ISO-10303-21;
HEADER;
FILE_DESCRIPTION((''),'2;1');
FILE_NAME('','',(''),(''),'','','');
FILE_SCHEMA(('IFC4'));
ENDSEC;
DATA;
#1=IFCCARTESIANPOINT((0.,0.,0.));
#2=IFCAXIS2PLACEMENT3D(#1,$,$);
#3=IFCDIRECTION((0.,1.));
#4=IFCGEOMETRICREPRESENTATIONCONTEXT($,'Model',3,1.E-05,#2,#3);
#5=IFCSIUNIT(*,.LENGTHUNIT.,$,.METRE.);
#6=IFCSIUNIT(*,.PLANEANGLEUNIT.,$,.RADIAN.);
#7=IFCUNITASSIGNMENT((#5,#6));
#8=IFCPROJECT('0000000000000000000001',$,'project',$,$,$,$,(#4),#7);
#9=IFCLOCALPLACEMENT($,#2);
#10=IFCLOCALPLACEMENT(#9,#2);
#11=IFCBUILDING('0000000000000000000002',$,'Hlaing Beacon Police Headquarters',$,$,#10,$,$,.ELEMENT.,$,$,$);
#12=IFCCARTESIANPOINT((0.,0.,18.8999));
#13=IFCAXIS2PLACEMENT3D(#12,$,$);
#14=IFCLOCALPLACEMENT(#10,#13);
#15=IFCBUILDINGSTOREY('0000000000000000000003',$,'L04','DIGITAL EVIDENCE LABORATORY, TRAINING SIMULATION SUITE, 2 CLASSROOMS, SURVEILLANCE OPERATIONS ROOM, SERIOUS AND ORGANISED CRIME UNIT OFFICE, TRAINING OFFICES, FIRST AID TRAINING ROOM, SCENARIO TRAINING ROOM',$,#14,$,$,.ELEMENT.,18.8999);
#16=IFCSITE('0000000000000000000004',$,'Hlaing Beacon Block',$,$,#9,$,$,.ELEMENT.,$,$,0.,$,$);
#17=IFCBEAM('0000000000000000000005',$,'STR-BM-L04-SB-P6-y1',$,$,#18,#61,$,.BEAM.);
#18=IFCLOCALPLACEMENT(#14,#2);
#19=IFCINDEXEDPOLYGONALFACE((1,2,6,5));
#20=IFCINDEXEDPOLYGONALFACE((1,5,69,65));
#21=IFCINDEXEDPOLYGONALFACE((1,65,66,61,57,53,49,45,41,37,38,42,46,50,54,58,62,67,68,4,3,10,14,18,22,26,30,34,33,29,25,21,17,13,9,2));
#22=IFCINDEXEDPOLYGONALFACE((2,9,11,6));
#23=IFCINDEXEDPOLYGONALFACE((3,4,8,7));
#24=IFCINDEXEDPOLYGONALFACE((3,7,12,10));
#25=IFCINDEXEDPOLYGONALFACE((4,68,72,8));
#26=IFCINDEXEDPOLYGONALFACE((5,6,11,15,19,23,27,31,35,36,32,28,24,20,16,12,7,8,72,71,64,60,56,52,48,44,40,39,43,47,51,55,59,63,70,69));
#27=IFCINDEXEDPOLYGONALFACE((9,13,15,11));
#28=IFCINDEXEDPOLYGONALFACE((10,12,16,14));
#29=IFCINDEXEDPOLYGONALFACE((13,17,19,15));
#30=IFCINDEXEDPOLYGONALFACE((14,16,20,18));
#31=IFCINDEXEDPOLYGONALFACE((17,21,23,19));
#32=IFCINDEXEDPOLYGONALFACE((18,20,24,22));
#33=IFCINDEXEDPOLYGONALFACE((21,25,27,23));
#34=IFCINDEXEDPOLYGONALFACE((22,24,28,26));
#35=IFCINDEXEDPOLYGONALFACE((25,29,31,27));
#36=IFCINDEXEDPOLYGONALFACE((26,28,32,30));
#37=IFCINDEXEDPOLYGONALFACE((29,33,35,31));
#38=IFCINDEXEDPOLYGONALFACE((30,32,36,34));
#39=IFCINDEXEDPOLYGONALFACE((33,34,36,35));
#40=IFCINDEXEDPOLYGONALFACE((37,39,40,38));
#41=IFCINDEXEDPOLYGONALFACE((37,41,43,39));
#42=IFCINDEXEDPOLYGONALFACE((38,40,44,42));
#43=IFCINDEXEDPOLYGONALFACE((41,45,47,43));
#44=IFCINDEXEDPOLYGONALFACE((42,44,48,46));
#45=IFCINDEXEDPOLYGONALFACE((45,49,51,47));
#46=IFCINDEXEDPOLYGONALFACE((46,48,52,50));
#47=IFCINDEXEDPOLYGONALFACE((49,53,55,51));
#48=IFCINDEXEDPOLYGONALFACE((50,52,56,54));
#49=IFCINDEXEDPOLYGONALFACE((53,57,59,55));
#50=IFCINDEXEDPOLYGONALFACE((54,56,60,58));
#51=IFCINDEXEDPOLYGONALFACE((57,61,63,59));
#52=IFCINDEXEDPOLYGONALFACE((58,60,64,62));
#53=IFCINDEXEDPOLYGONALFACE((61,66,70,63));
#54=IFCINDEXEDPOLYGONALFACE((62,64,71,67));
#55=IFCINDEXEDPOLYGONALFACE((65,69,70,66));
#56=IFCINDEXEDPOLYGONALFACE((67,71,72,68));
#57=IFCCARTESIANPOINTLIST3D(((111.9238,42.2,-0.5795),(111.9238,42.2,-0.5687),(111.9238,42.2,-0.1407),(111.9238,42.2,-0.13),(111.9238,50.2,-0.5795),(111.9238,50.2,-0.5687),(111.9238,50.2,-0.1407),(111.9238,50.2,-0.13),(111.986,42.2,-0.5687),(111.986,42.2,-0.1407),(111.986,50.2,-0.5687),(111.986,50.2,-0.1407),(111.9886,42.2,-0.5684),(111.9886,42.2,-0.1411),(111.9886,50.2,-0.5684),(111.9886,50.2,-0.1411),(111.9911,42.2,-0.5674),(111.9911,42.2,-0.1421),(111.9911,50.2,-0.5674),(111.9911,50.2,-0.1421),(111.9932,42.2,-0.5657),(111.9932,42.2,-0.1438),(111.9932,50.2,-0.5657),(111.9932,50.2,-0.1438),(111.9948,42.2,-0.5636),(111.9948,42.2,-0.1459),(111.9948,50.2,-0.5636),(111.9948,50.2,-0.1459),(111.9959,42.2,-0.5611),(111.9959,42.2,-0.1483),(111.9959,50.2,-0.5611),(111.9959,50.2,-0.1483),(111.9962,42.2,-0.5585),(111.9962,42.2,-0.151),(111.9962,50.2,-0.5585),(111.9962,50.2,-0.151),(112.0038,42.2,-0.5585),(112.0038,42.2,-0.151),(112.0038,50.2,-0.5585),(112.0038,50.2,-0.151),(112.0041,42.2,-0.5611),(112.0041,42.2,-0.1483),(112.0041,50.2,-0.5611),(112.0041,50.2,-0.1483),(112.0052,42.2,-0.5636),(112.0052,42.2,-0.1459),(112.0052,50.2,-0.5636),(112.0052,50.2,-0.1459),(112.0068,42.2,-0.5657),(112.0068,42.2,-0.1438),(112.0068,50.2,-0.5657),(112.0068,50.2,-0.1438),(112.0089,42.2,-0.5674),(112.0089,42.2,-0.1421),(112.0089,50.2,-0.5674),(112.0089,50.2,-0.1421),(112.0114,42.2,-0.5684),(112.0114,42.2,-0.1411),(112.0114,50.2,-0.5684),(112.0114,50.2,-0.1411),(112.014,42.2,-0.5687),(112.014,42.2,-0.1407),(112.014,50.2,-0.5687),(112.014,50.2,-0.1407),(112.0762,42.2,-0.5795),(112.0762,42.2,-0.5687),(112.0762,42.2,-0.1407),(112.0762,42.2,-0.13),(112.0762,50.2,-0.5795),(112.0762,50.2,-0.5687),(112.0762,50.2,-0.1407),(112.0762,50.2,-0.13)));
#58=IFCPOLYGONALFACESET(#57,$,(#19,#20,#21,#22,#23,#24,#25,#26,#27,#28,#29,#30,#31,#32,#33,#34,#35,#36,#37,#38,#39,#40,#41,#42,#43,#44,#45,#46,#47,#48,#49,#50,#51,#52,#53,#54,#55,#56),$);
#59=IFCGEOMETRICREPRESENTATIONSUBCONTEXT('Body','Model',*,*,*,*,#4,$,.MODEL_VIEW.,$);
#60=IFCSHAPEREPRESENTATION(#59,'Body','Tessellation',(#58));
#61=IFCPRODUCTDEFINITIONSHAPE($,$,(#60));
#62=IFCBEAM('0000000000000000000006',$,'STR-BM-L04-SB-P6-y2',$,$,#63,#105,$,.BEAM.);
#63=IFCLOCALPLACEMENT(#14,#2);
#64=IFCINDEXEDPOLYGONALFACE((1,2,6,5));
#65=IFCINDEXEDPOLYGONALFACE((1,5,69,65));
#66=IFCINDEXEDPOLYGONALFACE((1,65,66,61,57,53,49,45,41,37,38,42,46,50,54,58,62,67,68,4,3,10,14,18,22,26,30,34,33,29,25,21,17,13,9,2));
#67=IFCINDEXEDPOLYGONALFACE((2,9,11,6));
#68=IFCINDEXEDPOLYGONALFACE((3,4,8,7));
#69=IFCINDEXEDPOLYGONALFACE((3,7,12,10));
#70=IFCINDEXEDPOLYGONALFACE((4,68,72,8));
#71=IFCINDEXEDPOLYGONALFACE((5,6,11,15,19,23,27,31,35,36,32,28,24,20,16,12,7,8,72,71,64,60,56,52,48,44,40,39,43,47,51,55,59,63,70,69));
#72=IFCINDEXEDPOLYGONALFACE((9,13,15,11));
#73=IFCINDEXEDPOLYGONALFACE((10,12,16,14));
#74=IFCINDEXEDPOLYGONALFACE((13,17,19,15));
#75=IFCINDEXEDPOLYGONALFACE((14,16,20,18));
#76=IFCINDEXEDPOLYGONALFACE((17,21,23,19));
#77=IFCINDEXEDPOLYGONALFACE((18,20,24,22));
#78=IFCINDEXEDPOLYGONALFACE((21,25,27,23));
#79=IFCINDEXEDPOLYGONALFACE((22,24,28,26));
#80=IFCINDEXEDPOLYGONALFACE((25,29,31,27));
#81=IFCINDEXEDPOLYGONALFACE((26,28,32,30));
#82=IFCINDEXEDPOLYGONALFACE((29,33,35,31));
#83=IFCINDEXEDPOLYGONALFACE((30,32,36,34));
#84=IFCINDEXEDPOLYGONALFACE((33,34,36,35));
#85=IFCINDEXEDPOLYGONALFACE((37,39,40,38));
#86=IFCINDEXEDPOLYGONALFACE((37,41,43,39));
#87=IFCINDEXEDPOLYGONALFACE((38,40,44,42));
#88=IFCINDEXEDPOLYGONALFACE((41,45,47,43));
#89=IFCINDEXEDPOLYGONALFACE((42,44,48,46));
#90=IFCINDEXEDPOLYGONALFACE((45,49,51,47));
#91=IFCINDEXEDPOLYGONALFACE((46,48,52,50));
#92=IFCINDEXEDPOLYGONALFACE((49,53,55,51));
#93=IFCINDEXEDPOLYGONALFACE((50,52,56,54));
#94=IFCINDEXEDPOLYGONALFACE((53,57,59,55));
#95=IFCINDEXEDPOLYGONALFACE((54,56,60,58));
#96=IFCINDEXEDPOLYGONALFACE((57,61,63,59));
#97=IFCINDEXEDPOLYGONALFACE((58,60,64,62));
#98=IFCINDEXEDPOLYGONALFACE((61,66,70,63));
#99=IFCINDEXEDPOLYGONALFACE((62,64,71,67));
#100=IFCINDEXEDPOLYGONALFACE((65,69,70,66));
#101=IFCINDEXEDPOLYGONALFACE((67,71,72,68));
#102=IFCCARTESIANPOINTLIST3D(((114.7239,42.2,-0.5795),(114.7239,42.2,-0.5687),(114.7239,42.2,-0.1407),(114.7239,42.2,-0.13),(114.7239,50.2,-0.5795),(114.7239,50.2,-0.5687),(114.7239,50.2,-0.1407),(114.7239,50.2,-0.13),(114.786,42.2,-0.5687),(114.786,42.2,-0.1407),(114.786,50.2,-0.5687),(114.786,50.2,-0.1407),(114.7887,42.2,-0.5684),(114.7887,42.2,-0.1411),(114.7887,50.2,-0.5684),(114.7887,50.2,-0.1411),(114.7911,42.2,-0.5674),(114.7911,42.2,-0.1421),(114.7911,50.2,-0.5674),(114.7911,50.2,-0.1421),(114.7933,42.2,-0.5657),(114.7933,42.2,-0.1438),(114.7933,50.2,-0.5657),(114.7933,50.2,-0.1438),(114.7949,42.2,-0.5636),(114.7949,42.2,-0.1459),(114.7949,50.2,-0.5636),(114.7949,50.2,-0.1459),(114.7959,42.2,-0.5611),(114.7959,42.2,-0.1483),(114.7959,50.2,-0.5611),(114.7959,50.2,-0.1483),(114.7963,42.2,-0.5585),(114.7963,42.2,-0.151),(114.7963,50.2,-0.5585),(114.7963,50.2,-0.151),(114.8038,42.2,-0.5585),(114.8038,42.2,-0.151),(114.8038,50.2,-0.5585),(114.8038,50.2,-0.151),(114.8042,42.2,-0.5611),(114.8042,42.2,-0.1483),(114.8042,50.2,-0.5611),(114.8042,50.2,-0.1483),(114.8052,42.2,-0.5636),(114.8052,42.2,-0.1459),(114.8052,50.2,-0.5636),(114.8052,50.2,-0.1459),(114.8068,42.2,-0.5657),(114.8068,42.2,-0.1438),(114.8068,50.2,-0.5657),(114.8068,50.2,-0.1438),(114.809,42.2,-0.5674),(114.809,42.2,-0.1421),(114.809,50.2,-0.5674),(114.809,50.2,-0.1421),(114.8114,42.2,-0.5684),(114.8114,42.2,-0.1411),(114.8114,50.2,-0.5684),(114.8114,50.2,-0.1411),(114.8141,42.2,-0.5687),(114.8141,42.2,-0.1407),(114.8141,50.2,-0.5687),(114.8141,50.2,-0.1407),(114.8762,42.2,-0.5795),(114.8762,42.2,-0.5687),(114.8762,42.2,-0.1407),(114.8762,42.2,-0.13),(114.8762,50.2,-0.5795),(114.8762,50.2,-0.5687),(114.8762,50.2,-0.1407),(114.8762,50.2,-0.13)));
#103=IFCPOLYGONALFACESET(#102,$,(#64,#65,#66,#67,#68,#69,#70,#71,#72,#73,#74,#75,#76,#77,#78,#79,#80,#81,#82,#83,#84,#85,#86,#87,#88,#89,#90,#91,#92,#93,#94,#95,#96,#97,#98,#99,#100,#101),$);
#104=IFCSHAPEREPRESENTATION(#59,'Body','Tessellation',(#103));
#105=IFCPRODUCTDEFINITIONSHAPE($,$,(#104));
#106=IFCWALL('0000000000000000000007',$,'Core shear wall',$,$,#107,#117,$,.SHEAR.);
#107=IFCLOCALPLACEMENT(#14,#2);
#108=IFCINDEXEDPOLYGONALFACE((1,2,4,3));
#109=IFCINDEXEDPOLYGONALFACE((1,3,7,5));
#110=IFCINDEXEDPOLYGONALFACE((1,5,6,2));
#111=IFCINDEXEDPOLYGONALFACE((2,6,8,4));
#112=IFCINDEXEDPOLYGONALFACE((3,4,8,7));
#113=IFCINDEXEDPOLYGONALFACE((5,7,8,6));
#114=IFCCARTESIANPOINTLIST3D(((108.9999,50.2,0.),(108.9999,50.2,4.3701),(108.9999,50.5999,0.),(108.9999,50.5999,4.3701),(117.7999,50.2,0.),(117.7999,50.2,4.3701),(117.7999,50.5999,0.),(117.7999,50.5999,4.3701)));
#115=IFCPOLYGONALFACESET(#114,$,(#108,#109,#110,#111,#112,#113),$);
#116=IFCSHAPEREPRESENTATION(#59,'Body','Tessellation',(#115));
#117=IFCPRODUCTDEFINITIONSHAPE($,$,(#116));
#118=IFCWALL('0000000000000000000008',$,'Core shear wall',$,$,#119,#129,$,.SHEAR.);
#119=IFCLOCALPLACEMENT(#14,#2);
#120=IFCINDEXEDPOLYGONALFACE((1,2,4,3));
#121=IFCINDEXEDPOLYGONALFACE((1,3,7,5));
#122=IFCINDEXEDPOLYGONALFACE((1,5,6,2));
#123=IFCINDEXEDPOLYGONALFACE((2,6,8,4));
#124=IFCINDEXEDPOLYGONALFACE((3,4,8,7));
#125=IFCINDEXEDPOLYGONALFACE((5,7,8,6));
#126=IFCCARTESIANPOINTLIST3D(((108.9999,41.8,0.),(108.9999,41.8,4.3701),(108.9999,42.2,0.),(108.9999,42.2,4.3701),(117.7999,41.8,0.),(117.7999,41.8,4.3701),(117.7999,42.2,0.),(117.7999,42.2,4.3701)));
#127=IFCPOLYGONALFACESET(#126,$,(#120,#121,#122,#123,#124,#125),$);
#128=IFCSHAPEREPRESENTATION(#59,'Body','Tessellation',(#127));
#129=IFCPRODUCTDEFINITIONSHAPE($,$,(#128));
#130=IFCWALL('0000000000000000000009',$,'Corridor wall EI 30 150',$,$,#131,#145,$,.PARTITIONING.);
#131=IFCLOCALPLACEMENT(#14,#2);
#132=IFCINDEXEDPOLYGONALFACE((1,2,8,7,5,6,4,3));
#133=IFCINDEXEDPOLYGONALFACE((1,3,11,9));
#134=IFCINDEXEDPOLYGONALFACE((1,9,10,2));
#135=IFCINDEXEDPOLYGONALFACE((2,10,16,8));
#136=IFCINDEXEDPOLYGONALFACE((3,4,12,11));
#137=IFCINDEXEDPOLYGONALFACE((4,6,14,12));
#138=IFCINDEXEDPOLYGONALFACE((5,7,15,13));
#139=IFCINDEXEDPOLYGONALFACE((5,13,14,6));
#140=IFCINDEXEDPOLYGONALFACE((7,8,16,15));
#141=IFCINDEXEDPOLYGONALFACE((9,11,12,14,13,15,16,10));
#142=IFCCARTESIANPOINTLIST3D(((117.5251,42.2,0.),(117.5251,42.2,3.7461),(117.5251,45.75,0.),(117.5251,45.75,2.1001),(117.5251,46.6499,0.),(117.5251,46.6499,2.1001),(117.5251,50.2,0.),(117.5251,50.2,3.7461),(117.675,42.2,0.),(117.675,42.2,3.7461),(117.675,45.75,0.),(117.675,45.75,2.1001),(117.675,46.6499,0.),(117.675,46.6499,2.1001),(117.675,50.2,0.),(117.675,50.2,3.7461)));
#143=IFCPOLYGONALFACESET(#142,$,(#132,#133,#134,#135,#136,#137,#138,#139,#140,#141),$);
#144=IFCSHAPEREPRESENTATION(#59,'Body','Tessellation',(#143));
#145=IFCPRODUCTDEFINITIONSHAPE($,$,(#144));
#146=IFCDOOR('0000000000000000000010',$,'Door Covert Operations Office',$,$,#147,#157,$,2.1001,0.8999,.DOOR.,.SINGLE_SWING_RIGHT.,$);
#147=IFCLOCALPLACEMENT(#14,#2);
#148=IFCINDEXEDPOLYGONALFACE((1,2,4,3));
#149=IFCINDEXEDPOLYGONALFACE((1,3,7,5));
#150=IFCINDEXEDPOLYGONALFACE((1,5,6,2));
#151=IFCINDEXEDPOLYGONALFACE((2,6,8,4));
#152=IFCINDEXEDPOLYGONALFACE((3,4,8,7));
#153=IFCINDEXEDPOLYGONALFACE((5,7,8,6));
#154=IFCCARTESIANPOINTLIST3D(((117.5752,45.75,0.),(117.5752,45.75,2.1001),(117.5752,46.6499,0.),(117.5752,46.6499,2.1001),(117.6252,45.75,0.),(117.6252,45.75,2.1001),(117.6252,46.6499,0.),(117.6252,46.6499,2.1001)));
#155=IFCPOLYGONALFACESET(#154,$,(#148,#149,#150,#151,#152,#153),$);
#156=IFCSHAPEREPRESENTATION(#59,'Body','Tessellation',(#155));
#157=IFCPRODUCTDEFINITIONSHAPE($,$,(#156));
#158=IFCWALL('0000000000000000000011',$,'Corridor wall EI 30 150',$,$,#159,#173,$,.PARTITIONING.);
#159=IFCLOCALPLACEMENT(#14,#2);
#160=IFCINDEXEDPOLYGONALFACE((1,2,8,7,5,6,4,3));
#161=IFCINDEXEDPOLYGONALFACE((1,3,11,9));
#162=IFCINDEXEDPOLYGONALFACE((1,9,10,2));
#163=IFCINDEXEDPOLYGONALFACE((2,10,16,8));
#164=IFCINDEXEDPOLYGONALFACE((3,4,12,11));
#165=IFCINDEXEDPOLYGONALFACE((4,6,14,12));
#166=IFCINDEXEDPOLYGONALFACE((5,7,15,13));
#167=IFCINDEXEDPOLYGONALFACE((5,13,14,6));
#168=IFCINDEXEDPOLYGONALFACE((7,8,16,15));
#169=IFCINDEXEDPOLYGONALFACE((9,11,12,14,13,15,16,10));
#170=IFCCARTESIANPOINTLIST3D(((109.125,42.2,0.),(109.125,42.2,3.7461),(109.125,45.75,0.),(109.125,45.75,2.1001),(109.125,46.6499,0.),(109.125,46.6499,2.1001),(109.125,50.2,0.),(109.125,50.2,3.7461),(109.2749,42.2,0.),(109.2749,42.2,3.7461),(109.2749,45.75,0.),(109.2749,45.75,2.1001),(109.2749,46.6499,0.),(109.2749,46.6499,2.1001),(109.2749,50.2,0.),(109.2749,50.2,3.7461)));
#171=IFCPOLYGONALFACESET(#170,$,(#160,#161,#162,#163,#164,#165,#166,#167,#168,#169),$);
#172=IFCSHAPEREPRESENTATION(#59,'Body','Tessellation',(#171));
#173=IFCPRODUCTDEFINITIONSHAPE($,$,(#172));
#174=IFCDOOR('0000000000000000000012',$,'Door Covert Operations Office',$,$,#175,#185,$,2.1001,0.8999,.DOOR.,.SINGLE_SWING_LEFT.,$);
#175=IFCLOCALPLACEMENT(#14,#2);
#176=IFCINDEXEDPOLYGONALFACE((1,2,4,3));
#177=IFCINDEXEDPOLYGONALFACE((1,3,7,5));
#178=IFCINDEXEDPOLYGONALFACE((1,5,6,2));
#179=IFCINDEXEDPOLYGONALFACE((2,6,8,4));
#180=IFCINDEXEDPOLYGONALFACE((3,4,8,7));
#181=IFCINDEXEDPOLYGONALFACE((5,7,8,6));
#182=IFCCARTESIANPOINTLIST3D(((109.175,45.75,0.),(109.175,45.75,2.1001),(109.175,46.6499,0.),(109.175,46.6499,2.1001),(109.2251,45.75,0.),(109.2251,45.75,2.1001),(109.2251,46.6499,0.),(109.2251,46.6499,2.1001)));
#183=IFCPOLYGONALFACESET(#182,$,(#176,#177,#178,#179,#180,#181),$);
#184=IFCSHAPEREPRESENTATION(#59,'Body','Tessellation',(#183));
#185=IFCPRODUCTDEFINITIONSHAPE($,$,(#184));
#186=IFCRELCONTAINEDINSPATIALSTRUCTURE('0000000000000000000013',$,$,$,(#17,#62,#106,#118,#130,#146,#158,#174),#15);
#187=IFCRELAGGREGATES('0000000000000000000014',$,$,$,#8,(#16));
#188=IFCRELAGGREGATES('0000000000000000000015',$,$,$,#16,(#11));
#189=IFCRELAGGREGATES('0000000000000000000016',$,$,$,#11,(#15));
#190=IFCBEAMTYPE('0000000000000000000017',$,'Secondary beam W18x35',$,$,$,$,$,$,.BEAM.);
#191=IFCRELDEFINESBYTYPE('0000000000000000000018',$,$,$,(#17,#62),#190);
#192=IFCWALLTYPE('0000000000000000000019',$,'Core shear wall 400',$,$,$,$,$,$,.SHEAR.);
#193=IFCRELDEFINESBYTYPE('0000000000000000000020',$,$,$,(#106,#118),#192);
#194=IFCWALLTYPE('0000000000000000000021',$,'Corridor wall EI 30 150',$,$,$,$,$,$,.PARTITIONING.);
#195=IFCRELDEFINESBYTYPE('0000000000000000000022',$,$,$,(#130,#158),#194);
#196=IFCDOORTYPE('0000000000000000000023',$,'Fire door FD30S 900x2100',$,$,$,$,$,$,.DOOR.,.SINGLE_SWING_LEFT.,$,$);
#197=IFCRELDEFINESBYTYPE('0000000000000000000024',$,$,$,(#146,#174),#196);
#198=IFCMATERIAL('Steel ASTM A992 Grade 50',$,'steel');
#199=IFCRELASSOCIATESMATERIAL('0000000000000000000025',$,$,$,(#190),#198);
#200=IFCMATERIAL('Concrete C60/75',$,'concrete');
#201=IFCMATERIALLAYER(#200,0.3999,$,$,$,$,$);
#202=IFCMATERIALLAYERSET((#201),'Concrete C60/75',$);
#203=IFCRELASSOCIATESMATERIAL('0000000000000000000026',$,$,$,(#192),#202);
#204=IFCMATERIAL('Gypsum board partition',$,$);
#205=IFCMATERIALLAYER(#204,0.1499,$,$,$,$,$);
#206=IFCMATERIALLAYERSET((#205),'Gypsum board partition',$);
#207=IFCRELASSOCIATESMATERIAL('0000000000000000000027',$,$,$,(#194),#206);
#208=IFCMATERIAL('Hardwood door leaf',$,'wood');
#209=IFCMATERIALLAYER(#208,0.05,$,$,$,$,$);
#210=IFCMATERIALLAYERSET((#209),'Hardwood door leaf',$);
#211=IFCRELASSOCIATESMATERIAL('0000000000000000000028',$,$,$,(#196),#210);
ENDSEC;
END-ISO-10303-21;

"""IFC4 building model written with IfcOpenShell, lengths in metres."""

from ifc_helpers import new_model, si_unit, direction, frame, frame_2d, origin, origin_2d, place, context, subcontext, project, spatial, rectangle, i_section, extrude, material, layer, layer_set, material_profile, profile_set, type_object, element, fill, save


model = new_model("IFC4")

# Units and contexts
model_context = context("Model", 3, precision=1e-05, world=origin(), true_north=direction((0.0, 1.0)))
body_context = subcontext(model_context, "Body", "Model", "MODEL_VIEW")
ifc_project = project(units=[si_unit("LENGTHUNIT", "METRE"), si_unit("PLANEANGLEUNIT", "RADIAN")], contexts=[model_context])

# Site, building, storey
site_placement = place(None, origin())
site = spatial("IfcSite", under=ifc_project, at=site_placement, Name="Hlaing Beacon Block", CompositionType="ELEMENT", RefElevation=0.0)
building_placement = place(site_placement, origin())
building = spatial("IfcBuilding", under=site, at=building_placement, Name="Hlaing Beacon Police Headquarters", CompositionType="ELEMENT")
storey_placement = place(building_placement, frame((0.0, 0.0, 18.8999)))
storey = spatial("IfcBuildingStorey", under=building, at=storey_placement, Name="L04", Description="DIGITAL EVIDENCE LABORATORY, TRAINING SIMULATION SUITE, 2 CLASSROOMS, SURVEILLANCE OPERATIONS ROOM, SERIOUS AND ORGANISED CRIME UNIT OFFICE, TRAINING OFFICES, FIRST AID TRAINING ROOM, SCENARIO TRAINING ROOM", CompositionType="ELEMENT", Elevation=18.8999)

# Beams
ifc_material_1 = material(Name="Steel ASTM A992 Grade 50", Category="steel")
ifc_material_profile_1 = material_profile(ifc_material_1, i_section(OverallWidth=0.1523, OverallDepth=0.4495, WebThickness=0.0076, FlangeThickness=0.0107, FilletRadius=0.0103, at=origin_2d()), Name="W18x35")
ifc_profile_set_1 = profile_set([ifc_material_profile_1], Name="Steel ASTM A992 Grade 50")
beam_type_1 = type_object("IfcBeamType", Name="Secondary beam W18x35", PredefinedType="BEAM", material=ifc_profile_set_1)
for number, where, z_axis, x_axis, name in (
    (1, (112.0, 42.2, -0.3547), (0.0, 1.0, 0.0), (-1.0, 0.0, 0.0), "STR-BM-L04-SB-P6-y1"),
    (2, (114.8, 42.2, -0.3547), (0.0, 1.0, 0.0), (-1.0, 0.0, 0.0), "STR-BM-L04-SB-P6-y2"),
):
    element("IfcBeam", number, at=place(storey_placement, frame(where, z_axis=z_axis, x_axis=x_axis)), inside=storey, type_object=beam_type_1, Name=name, PredefinedType="BEAM", context=body_context, shape_type="SweptSolid", body=[
        extrude(i_section(OverallWidth=0.1523, OverallDepth=0.4495, WebThickness=0.0076, FlangeThickness=0.0107, FilletRadius=0.0103, at=origin_2d()), origin(), (0.0, 0.0, 1.0), 8.0),
    ])

# Walls
ifc_material_2 = material(Name="Concrete C60/75", Category="concrete")
ifc_layer_1 = layer(ifc_material_2, 0.3999)
ifc_layer_set_1 = layer_set([ifc_layer_1], Name="Concrete C60/75")
wall_type_1 = type_object("IfcWallType", Name="Core shear wall 400", PredefinedType="SHEAR", material=ifc_layer_set_1)
for number, where, z_axis, x_axis, name in (
    (3, (109.0, 50.3999, 0.0), (0.0, 0.0, 1.0), (1.0, 0.0, 0.0), "Core shear wall"),
    (4, (109.0, 42.0, 0.0), (0.0, 0.0, 1.0), (1.0, 0.0, 0.0), "Core shear wall"),
):
    element("IfcWall", number, at=place(storey_placement, frame(where, z_axis=z_axis, x_axis=x_axis)), inside=storey, type_object=wall_type_1, Name=name, PredefinedType="SHEAR", context=body_context, shape_type="SweptSolid", body=[
        extrude(rectangle(XDim=8.8, YDim=0.3999, at=frame_2d((4.3999, 0.0))), origin(), (0.0, 0.0, 1.0), 4.3701),
    ])

# Walls, openings, doors
ifc_material_3 = material(Name="Gypsum board partition")
ifc_layer_2 = layer(ifc_material_3, 0.1499)
ifc_layer_set_2 = layer_set([ifc_layer_2], Name="Gypsum board partition")
wall_type_2 = type_object("IfcWallType", Name="Corridor wall EI 30 150", PredefinedType="PARTITIONING", material=ifc_layer_set_2)
wall_1_placement = place(storey_placement, frame((117.6001, 42.2, 0.0), z_axis=(0.0, 0.0, 1.0), x_axis=(0.0, 1.0, 0.0)))
wall_1 = element("IfcWall", 5, at=wall_1_placement, inside=storey, type_object=wall_type_2, Name="Corridor wall EI 30 150", PredefinedType="PARTITIONING", context=body_context, shape_type="SweptSolid", body=[
    extrude(rectangle(XDim=8.0, YDim=0.1499, at=frame_2d((4.0, 0.0))), origin(), (0.0, 0.0, 1.0), 3.7461),
])
opening_1_placement = place(wall_1_placement, frame((3.55, 0.0, 0.0)))
opening_1 = element("IfcOpeningElement", 6, at=opening_1_placement, cuts=wall_1, PredefinedType="OPENING", context=body_context, shape_type="SweptSolid", body=[
    extrude(rectangle(XDim=0.8999, YDim=2.1001, at=frame_2d((0.45, 1.05))), frame((0.0, 0.085, 0.0), z_axis=(0.0, -1.0, 0.0), x_axis=(1.0, 0.0, 0.0)), (0.0, 0.0, 1.0), 0.1699),
])
ifc_material_4 = material(Name="Hardwood door leaf", Category="wood")
ifc_layer_3 = layer(ifc_material_4, 0.05)
ifc_layer_set_3 = layer_set([ifc_layer_3], Name="Hardwood door leaf")
door_type_1 = type_object("IfcDoorType", Name="Fire door FD30S 900x2100", OperationType="SINGLE_SWING_LEFT", PredefinedType="DOOR", material=ifc_layer_set_3)
door_1_placement = place(opening_1_placement, origin())
door_1 = element("IfcDoor", 7, at=door_1_placement, inside=storey, type_object=door_type_1, Name="Door Covert Operations Office", OperationType="SINGLE_SWING_RIGHT", OverallHeight=2.1001, OverallWidth=0.8999, PredefinedType="DOOR", context=body_context, shape_type="SweptSolid", body=[
    extrude(rectangle(XDim=0.8999, YDim=2.1001, at=frame_2d((0.45, 1.05))), frame((0.0, 0.0249, 0.0), z_axis=(0.0, -1.0, 0.0), x_axis=(1.0, 0.0, 0.0)), (0.0, 0.0, 1.0), 0.05),
])
fill(opening_1, door_1)
wall_2_placement = place(storey_placement, frame((109.2, 42.2, 0.0), z_axis=(0.0, 0.0, 1.0), x_axis=(0.0, 1.0, 0.0)))
wall_2 = element("IfcWall", 8, at=wall_2_placement, inside=storey, type_object=wall_type_2, Name="Corridor wall EI 30 150", PredefinedType="PARTITIONING", context=body_context, shape_type="SweptSolid", body=[
    extrude(rectangle(XDim=8.0, YDim=0.1499, at=frame_2d((4.0, 0.0))), origin(), (0.0, 0.0, 1.0), 3.7461),
])
opening_2_placement = place(wall_2_placement, frame((3.55, 0.0, 0.0)))
opening_2 = element("IfcOpeningElement", 9, at=opening_2_placement, cuts=wall_2, PredefinedType="OPENING", context=body_context, shape_type="SweptSolid", body=[
    extrude(rectangle(XDim=0.8999, YDim=2.1001, at=frame_2d((0.45, 1.05))), frame((0.0, 0.085, 0.0), z_axis=(0.0, -1.0, 0.0), x_axis=(1.0, 0.0, 0.0)), (0.0, 0.0, 1.0), 0.1699),
])
door_2_placement = place(opening_2_placement, frame((0.8999, 0.0, 0.0), z_axis=(0.0, 0.0, 1.0), x_axis=(-1.0, 0.0, 0.0)))
door_2 = element("IfcDoor", 10, at=door_2_placement, inside=storey, type_object=door_type_1, Name="Door Covert Operations Office", OperationType="SINGLE_SWING_LEFT", OverallHeight=2.1001, OverallWidth=0.8999, PredefinedType="DOOR", context=body_context, shape_type="SweptSolid", body=[
    extrude(rectangle(XDim=0.8999, YDim=2.1001, at=frame_2d((0.45, 1.05))), frame((0.0, 0.0251, 0.0), z_axis=(0.0, -1.0, 0.0), x_axis=(1.0, 0.0, 0.0)), (0.0, 0.0, 1.0), 0.05),
])
fill(opening_2, door_2)

save(model, "model.ifc")
